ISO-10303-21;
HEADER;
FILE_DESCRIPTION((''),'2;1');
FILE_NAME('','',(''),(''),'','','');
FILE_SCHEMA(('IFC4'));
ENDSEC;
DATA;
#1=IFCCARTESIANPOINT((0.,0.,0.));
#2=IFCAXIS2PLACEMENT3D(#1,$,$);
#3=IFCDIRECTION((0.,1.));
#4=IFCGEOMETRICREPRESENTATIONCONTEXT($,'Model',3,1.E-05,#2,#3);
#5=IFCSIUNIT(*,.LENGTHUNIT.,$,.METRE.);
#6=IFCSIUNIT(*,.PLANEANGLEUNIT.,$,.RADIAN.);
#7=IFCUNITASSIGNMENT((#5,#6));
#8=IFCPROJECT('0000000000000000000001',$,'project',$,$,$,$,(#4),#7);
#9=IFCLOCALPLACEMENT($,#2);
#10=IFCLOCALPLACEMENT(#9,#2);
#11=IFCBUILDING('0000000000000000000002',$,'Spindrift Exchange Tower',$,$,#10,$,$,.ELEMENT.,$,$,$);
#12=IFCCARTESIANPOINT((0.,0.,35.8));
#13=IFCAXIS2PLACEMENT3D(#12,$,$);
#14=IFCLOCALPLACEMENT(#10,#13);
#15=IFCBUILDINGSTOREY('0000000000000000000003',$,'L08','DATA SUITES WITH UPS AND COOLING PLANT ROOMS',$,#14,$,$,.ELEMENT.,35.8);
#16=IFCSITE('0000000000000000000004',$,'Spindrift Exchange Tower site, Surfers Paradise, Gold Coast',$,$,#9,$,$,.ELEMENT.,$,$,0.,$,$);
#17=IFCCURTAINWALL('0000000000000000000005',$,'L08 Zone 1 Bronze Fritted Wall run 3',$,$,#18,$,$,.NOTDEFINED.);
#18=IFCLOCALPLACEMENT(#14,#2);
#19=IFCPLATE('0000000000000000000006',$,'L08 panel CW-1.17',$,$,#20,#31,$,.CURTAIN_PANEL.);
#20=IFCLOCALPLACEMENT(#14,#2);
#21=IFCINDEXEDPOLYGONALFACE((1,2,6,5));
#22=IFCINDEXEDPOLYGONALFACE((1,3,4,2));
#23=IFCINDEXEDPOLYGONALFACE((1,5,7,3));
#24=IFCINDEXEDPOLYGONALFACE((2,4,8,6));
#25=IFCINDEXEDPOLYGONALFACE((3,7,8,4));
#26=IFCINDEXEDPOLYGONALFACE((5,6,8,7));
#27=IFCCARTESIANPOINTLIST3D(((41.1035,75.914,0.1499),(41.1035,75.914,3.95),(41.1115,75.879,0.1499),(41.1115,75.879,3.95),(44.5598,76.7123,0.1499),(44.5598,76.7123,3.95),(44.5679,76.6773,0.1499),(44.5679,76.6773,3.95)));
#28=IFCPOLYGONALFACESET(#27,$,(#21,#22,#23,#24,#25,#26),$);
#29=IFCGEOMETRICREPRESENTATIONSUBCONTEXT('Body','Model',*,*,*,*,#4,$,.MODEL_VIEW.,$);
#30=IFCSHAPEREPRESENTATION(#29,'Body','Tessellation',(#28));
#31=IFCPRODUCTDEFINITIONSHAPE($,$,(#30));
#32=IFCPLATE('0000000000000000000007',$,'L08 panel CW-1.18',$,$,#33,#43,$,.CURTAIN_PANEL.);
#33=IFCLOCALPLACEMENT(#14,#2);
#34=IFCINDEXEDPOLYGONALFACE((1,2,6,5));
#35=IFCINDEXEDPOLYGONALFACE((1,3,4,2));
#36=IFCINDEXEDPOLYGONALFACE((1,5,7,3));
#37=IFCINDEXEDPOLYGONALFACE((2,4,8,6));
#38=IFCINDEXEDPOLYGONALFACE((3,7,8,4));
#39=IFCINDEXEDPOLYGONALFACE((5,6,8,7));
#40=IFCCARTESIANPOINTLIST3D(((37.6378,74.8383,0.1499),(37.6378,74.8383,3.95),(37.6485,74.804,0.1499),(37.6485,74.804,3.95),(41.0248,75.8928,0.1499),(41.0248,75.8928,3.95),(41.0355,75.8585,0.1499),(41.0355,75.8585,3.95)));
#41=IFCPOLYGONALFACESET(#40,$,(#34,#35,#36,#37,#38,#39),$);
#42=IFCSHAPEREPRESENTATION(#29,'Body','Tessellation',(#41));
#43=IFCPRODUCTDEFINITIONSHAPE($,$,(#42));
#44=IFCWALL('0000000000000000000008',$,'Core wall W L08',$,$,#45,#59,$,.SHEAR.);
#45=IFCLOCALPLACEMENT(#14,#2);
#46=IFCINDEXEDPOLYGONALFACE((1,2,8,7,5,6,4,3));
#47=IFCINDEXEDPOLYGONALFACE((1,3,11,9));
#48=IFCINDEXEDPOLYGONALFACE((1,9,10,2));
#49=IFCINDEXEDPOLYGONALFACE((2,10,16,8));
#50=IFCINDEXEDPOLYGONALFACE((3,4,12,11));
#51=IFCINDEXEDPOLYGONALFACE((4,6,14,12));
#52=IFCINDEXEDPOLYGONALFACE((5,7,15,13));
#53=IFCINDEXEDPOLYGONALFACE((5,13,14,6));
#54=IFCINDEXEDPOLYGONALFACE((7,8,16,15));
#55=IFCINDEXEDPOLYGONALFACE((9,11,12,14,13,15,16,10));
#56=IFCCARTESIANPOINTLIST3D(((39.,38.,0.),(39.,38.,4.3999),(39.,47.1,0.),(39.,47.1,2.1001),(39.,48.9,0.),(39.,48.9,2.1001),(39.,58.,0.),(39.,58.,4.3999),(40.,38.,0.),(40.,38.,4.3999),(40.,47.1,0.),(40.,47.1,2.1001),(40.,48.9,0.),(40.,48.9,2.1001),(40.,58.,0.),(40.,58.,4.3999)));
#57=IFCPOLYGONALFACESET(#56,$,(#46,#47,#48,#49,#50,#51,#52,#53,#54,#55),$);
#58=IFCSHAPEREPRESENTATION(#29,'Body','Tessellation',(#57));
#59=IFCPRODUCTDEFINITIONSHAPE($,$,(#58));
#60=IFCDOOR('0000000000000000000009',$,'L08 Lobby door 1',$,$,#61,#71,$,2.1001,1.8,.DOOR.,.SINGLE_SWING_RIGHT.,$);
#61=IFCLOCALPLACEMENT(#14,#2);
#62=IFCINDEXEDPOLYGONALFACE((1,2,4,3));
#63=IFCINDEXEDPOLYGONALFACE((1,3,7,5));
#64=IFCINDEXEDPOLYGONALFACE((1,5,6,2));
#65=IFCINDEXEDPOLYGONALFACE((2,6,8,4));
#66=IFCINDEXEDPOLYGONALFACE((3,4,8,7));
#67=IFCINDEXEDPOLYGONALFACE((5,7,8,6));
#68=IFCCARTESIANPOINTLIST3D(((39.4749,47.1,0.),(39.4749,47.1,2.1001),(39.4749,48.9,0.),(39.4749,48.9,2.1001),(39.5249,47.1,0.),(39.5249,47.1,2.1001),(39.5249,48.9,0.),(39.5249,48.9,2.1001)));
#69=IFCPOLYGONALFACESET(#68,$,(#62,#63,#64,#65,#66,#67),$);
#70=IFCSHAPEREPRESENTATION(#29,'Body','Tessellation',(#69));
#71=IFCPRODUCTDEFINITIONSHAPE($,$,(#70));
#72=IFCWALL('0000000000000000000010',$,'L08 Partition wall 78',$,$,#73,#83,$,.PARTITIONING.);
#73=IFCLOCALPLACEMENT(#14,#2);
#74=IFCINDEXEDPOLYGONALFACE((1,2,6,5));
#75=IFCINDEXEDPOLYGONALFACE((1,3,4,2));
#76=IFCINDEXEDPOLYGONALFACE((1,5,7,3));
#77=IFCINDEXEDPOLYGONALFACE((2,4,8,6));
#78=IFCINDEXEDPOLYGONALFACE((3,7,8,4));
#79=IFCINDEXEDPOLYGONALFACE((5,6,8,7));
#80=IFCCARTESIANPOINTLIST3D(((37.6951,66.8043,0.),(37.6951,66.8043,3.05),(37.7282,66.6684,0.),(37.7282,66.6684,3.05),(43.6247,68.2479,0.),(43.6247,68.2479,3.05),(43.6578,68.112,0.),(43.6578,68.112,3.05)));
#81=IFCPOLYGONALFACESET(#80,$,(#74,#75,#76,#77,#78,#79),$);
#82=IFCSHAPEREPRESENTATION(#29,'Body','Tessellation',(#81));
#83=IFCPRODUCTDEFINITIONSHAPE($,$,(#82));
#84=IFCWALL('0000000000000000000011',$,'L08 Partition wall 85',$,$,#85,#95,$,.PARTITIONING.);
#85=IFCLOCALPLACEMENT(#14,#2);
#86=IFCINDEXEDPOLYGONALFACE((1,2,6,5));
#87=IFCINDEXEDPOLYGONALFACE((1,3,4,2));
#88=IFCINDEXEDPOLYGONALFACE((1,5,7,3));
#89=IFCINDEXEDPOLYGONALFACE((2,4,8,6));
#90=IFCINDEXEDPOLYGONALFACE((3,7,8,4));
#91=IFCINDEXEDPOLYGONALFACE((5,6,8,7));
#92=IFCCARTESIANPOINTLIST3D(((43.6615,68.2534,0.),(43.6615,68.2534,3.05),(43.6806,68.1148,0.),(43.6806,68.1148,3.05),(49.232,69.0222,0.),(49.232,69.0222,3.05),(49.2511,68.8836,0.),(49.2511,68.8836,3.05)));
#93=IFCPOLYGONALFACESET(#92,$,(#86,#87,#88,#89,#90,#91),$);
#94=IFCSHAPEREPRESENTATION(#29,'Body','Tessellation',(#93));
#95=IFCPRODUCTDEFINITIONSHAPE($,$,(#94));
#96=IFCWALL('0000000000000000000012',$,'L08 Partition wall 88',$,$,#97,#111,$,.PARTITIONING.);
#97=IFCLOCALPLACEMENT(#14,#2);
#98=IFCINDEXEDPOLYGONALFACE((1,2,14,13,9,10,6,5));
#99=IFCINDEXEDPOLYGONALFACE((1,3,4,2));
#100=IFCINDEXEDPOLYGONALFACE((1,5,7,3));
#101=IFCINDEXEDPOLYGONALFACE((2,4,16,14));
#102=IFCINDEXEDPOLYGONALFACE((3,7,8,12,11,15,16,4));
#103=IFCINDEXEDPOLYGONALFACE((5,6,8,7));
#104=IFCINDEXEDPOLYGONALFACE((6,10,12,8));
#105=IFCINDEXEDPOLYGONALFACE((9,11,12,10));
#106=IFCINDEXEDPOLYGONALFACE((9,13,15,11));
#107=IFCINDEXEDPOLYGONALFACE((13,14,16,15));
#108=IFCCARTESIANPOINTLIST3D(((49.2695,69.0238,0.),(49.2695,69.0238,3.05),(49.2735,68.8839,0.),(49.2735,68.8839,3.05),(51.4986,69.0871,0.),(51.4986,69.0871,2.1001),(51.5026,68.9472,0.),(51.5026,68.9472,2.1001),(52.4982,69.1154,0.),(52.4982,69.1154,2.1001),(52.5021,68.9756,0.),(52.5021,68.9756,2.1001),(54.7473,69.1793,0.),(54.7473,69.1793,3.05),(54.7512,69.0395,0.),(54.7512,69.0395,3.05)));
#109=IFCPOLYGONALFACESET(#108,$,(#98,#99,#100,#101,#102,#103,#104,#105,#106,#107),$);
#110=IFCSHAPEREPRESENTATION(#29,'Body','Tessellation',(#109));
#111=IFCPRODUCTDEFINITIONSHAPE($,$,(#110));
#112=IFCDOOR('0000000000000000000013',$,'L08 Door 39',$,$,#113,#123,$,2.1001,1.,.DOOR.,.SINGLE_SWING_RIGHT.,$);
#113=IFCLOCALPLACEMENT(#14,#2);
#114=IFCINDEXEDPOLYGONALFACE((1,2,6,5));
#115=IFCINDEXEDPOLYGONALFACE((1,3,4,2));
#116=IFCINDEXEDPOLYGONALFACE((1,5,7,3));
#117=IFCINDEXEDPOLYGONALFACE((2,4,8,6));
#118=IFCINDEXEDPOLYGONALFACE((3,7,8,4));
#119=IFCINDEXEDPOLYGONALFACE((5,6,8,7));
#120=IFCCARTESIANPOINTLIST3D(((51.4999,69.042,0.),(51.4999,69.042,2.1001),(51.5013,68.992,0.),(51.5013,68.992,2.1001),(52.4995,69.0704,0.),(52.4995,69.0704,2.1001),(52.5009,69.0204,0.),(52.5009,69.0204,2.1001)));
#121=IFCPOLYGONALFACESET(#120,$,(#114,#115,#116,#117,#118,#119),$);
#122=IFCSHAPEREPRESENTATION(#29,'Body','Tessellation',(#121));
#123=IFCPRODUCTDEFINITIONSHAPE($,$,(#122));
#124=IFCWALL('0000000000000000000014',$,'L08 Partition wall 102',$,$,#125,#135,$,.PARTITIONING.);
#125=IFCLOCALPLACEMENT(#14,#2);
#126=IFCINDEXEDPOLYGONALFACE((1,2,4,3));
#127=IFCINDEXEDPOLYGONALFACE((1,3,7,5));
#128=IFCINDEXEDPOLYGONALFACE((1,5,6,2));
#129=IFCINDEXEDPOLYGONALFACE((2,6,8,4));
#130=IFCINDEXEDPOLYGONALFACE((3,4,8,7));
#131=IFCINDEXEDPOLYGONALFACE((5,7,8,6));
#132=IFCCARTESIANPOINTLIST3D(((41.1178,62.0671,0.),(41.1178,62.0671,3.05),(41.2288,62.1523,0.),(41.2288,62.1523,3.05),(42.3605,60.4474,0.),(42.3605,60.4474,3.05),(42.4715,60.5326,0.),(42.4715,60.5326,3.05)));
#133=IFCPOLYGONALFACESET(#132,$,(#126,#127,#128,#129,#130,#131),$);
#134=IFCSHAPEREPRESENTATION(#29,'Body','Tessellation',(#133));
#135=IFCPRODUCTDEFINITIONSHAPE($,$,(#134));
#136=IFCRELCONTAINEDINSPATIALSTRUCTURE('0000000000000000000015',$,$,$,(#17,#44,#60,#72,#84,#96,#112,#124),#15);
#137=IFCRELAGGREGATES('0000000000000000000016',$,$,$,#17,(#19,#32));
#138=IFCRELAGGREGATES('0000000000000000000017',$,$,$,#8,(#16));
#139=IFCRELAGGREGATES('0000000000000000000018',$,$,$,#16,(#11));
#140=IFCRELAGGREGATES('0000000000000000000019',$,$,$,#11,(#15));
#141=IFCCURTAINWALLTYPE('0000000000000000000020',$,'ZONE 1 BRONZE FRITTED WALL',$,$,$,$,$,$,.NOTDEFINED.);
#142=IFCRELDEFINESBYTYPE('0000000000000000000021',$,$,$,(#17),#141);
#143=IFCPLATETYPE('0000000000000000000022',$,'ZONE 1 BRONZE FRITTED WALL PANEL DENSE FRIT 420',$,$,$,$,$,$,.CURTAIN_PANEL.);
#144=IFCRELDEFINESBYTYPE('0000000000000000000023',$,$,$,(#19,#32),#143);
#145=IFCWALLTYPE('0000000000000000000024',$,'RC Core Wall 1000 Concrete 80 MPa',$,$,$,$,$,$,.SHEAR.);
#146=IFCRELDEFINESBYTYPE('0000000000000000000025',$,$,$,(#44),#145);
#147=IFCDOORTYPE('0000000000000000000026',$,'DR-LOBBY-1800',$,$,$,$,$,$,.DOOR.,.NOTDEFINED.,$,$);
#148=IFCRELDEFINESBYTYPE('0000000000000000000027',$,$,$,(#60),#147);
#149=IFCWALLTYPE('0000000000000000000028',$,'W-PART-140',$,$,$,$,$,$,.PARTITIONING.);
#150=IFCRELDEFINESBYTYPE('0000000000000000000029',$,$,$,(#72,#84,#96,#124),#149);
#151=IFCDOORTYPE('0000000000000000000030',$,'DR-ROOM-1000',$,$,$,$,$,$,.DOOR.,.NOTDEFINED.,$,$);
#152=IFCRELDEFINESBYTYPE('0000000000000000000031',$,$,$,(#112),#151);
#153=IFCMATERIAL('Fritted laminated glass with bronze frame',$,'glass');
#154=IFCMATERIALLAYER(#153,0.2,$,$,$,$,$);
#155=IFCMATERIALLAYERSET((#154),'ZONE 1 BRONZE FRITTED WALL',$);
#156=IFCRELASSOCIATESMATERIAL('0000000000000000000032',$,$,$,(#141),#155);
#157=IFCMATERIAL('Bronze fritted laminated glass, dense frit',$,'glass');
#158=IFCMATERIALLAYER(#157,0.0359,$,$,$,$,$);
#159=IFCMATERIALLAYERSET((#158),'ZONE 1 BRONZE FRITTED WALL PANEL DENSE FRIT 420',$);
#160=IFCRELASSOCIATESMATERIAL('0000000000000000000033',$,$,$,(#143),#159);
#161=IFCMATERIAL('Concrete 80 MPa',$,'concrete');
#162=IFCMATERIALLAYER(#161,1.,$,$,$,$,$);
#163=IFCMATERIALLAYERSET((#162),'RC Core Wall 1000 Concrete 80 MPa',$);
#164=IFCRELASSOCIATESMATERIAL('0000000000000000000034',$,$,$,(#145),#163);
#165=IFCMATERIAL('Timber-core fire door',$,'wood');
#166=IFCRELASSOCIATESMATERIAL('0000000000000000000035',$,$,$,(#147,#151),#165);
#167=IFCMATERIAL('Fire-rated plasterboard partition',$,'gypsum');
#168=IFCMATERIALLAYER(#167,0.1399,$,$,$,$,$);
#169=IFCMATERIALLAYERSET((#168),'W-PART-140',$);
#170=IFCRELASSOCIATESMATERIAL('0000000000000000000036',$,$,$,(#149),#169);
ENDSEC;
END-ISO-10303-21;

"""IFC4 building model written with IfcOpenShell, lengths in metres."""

from ifc_helpers import new_model, si_unit, direction, frame, frame_2d, origin, origin_2d, place, context, subcontext, project, spatial, rectangle, extrude, source, transform, mapped, material, layer, layer_set, type_object, element, fill, aggregate, save


model = new_model("IFC4")

# Units and contexts
model_context = context("Model", 3, precision=1e-05, world=origin(), true_north=direction((0.0, 1.0)))
body_context = subcontext(model_context, "Body", "Model", "MODEL_VIEW")
ifc_project = project(units=[si_unit("LENGTHUNIT", "METRE"), si_unit("PLANEANGLEUNIT", "RADIAN")], contexts=[model_context])

# Site, building, storey
site_placement = place(None, origin())
site = spatial("IfcSite", under=ifc_project, at=site_placement, Name="Spindrift Exchange Tower site, Surfers Paradise, Gold Coast", CompositionType="ELEMENT", RefElevation=0.0)
building_placement = place(site_placement, origin())
building = spatial("IfcBuilding", under=site, at=building_placement, Name="Spindrift Exchange Tower", CompositionType="ELEMENT")
storey_placement = place(building_placement, frame((0.0, 0.0, 35.8)))
storey = spatial("IfcBuildingStorey", under=building, at=storey_placement, Name="L08", Description="DATA SUITES WITH UPS AND COOLING PLANT ROOMS", CompositionType="ELEMENT", Elevation=35.8)

# Shared definitions
ifc_material_1 = material(Name="Concrete 80 MPa", Category="concrete")

# Curtain wall
ifc_material_2 = material(Name="Fritted laminated glass with bronze frame", Category="glass")
ifc_layer_1 = layer(ifc_material_2, 0.2)
ifc_layer_set_1 = layer_set([ifc_layer_1], Name="ZONE 1 BRONZE FRITTED WALL")
curtain_wall_type = type_object("IfcCurtainWallType", Name="ZONE 1 BRONZE FRITTED WALL", PredefinedType="NOTDEFINED", material=ifc_layer_set_1)
curtain_wall_1_placement = place(storey_placement, origin())
curtain_wall_1 = element("IfcCurtainWall", 1, at=curtain_wall_1_placement, inside=storey, type_object=curtain_wall_type, Name="L08 Zone 1 Bronze Fritted Wall run 3", PredefinedType="NOTDEFINED")

# Plates
ifc_material_3 = material(Name="Bronze fritted laminated glass, dense frit", Category="glass")
ifc_layer_2 = layer(ifc_material_3, 0.0359)
ifc_layer_set_2 = layer_set([ifc_layer_2], Name="ZONE 1 BRONZE FRITTED WALL PANEL DENSE FRIT 420")
plate_type = type_object("IfcPlateType", Name="ZONE 1 BRONZE FRITTED WALL PANEL DENSE FRIT 420", PredefinedType="CURTAIN_PANEL", material=ifc_layer_set_2)
shared_shape_1 = source(origin(), body_context, "Body", "SweptSolid", [
    extrude(rectangle(XDim=3.5474, YDim=0.0359, at=origin_2d()), origin(), (0.0, 0.0, 1.0), 3.8),
])
plate_1_placement = place(storey_placement, frame((42.8357, 76.2957, 0.1499), z_axis=(0.0, 0.0, 1.0), x_axis=(-0.974351, -0.225034, 0.0)))
plate_1 = element("IfcPlate", 2, at=plate_1_placement, type_object=plate_type, Name="L08 panel CW-1.17", PredefinedType="CURTAIN_PANEL", context=body_context, shape_type="MappedRepresentation", body=[
    mapped(shared_shape_1, transform((0.0, 0.0, 0.0), scale=1.0)),
])
plate_2_placement = place(storey_placement, frame((39.3367, 75.3484, 0.1499), z_axis=(0.0, 0.0, 1.0), x_axis=(-0.954792, -0.297275, 0.0)))
plate_2 = element("IfcPlate", 3, at=plate_2_placement, type_object=plate_type, Name="L08 panel CW-1.18", PredefinedType="CURTAIN_PANEL", context=body_context, shape_type="MappedRepresentation", body=[
    mapped(shared_shape_1, transform((0.0, 0.0, 0.0), scale=1.0)),
])
aggregate(curtain_wall_1, [plate_1, plate_2])

# Wall, opening, door
ifc_layer_3 = layer(ifc_material_1, 1.0)
ifc_layer_set_3 = layer_set([ifc_layer_3], Name="RC Core Wall 1000 Concrete 80 MPa")
wall_type_1 = type_object("IfcWallType", Name="RC Core Wall 1000 Concrete 80 MPa", PredefinedType="SHEAR", material=ifc_layer_set_3)
wall_1_placement = place(storey_placement, frame((39.5, 58.0, 0.0), z_axis=(0.0, 0.0, 1.0), x_axis=(0.0, -1.0, 0.0)))
wall_1 = element("IfcWall", 4, at=wall_1_placement, inside=storey, type_object=wall_type_1, Name="Core wall W L08", PredefinedType="SHEAR", context=body_context, shape_type="SweptSolid", body=[
    extrude(rectangle(XDim=20.0, YDim=1.0, at=frame_2d((10.0, 0.0))), origin(), (0.0, 0.0, 1.0), 4.3999),
])
opening_1_placement = place(wall_1_placement, frame((9.1001, 0.0, 0.0)))
opening_1 = element("IfcOpeningElement", 5, at=opening_1_placement, cuts=wall_1, PredefinedType="OPENING", context=body_context, shape_type="SweptSolid", body=[
    extrude(rectangle(XDim=1.8, YDim=2.1001, at=frame_2d((0.8999, 1.05))), frame((0.0, 0.51, 0.0), z_axis=(0.0, -1.0, 0.0), x_axis=(1.0, 0.0, 0.0)), (0.0, 0.0, 1.0), 1.02),
])
ifc_material_4 = material(Name="Timber-core fire door", Category="wood")
door_type_1 = type_object("IfcDoorType", Name="DR-LOBBY-1800", OperationType="NOTDEFINED", PredefinedType="DOOR", material=ifc_material_4)
shared_shape_2 = source(origin(), body_context, "Body", "SweptSolid", [
    extrude(rectangle(XDim=1.8, YDim=2.1001, at=frame_2d((0.8999, 1.05))), frame((0.0, 0.0249, 0.0), z_axis=(0.0, -1.0, 0.0), x_axis=(1.0, 0.0, 0.0)), (0.0, 0.0, 1.0), 0.05),
])
door_1_placement = place(opening_1_placement, origin())
door_1 = element("IfcDoor", 6, at=door_1_placement, inside=storey, type_object=door_type_1, Name="L08 Lobby door 1", OperationType="SINGLE_SWING_RIGHT", OverallHeight=2.1001, OverallWidth=1.8, PredefinedType="DOOR", context=body_context, shape_type="MappedRepresentation", body=[
    mapped(shared_shape_2, transform((0.0, 0.0, 0.0), scale=1.0)),
])
fill(opening_1, door_1)

# Walls
ifc_material_5 = material(Name="Fire-rated plasterboard partition", Category="gypsum")
ifc_layer_4 = layer(ifc_material_5, 0.1399)
ifc_layer_set_4 = layer_set([ifc_layer_4], Name="W-PART-140")
wall_type_2 = type_object("IfcWallType", Name="W-PART-140", PredefinedType="PARTITIONING", material=ifc_layer_set_4)
wall_2_placement = place(storey_placement, frame((43.6411, 68.1799, 0.0), z_axis=(0.0, 0.0, 1.0), x_axis=(-0.971621, -0.236545, 0.0)))
element("IfcWall", 7, at=wall_2_placement, inside=storey, type_object=wall_type_2, Name="L08 Partition wall 78", PredefinedType="PARTITIONING", context=body_context, shape_type="SweptSolid", body=[
    extrude(rectangle(XDim=6.1028, YDim=0.1399, at=frame_2d((3.0513, 0.0))), origin(), (0.0, 0.0, 1.0), 3.05),
])
wall_3_placement = place(storey_placement, frame((49.2415, 68.9529, 0.0), z_axis=(0.0, 0.0, 1.0), x_axis=(-0.99061, -0.136715, 0.0)))
element("IfcWall", 8, at=wall_3_placement, inside=storey, type_object=wall_type_2, Name="L08 Partition wall 85", PredefinedType="PARTITIONING", context=body_context, shape_type="SweptSolid", body=[
    extrude(rectangle(XDim=5.6233, YDim=0.1399, at=frame_2d((2.8115, 0.0))), origin(), (0.0, 0.0, 1.0), 3.05),
])

# Wall, opening, door
wall_4_placement = place(storey_placement, frame((49.2715, 68.9539, 0.0), z_axis=(0.0, 0.0, 1.0), x_axis=(0.999597, 0.028379, 0.0)))
wall_4 = element("IfcWall", 9, at=wall_4_placement, inside=storey, type_object=wall_type_2, Name="L08 Partition wall 88", PredefinedType="PARTITIONING", context=body_context, shape_type="SweptSolid", body=[
    extrude(rectangle(XDim=5.48, YDim=0.1399, at=frame_2d((2.74, 0.0))), origin(), (0.0, 0.0, 1.0), 3.05),
])
opening_2_placement = place(wall_4_placement, frame((2.23, 0.0, 0.0)))
opening_2 = element("IfcOpeningElement", 10, at=opening_2_placement, cuts=wall_4, PredefinedType="OPENING", context=body_context, shape_type="SweptSolid", body=[
    extrude(rectangle(XDim=1.0, YDim=2.1001, at=frame_2d((0.5, 1.05))), frame((0.0, 0.0798, 0.0), z_axis=(0.0, -1.0, 0.0), x_axis=(1.0, 0.0, 0.0)), (0.0, 0.0, 1.0), 0.1599),
])
door_type_2 = type_object("IfcDoorType", Name="DR-ROOM-1000", OperationType="NOTDEFINED", PredefinedType="DOOR", material=ifc_material_4)
shared_shape_3 = source(origin(), body_context, "Body", "SweptSolid", [
    extrude(rectangle(XDim=1.0, YDim=2.1001, at=frame_2d((0.5, 1.05))), frame((0.0, 0.0249, 0.0), z_axis=(0.0, -1.0, 0.0), x_axis=(1.0, 0.0, 0.0)), (0.0, 0.0, 1.0), 0.05),
])
door_2_placement = place(opening_2_placement, origin())
door_2 = element("IfcDoor", 11, at=door_2_placement, inside=storey, type_object=door_type_2, Name="L08 Door 39", OperationType="SINGLE_SWING_RIGHT", OverallHeight=2.1001, OverallWidth=1.0, PredefinedType="DOOR", context=body_context, shape_type="MappedRepresentation", body=[
    mapped(shared_shape_3, transform((0.0, 0.0, 0.0), scale=1.0)),
])
fill(opening_2, door_2)

# Wall
wall_5_placement = place(storey_placement, frame((42.416, 60.49, 0.0), z_axis=(0.0, 0.0, 1.0), x_axis=(-0.608728, 0.793379, 0.0)))
element("IfcWall", 12, at=wall_5_placement, inside=storey, type_object=wall_type_2, Name="L08 Partition wall 102", PredefinedType="PARTITIONING", context=body_context, shape_type="SweptSolid", body=[
    extrude(rectangle(XDim=2.0415, YDim=0.1399, at=frame_2d((1.0208, 0.0))), origin(), (0.0, 0.0, 1.0), 3.05),
])

save(model, "model.ifc")
